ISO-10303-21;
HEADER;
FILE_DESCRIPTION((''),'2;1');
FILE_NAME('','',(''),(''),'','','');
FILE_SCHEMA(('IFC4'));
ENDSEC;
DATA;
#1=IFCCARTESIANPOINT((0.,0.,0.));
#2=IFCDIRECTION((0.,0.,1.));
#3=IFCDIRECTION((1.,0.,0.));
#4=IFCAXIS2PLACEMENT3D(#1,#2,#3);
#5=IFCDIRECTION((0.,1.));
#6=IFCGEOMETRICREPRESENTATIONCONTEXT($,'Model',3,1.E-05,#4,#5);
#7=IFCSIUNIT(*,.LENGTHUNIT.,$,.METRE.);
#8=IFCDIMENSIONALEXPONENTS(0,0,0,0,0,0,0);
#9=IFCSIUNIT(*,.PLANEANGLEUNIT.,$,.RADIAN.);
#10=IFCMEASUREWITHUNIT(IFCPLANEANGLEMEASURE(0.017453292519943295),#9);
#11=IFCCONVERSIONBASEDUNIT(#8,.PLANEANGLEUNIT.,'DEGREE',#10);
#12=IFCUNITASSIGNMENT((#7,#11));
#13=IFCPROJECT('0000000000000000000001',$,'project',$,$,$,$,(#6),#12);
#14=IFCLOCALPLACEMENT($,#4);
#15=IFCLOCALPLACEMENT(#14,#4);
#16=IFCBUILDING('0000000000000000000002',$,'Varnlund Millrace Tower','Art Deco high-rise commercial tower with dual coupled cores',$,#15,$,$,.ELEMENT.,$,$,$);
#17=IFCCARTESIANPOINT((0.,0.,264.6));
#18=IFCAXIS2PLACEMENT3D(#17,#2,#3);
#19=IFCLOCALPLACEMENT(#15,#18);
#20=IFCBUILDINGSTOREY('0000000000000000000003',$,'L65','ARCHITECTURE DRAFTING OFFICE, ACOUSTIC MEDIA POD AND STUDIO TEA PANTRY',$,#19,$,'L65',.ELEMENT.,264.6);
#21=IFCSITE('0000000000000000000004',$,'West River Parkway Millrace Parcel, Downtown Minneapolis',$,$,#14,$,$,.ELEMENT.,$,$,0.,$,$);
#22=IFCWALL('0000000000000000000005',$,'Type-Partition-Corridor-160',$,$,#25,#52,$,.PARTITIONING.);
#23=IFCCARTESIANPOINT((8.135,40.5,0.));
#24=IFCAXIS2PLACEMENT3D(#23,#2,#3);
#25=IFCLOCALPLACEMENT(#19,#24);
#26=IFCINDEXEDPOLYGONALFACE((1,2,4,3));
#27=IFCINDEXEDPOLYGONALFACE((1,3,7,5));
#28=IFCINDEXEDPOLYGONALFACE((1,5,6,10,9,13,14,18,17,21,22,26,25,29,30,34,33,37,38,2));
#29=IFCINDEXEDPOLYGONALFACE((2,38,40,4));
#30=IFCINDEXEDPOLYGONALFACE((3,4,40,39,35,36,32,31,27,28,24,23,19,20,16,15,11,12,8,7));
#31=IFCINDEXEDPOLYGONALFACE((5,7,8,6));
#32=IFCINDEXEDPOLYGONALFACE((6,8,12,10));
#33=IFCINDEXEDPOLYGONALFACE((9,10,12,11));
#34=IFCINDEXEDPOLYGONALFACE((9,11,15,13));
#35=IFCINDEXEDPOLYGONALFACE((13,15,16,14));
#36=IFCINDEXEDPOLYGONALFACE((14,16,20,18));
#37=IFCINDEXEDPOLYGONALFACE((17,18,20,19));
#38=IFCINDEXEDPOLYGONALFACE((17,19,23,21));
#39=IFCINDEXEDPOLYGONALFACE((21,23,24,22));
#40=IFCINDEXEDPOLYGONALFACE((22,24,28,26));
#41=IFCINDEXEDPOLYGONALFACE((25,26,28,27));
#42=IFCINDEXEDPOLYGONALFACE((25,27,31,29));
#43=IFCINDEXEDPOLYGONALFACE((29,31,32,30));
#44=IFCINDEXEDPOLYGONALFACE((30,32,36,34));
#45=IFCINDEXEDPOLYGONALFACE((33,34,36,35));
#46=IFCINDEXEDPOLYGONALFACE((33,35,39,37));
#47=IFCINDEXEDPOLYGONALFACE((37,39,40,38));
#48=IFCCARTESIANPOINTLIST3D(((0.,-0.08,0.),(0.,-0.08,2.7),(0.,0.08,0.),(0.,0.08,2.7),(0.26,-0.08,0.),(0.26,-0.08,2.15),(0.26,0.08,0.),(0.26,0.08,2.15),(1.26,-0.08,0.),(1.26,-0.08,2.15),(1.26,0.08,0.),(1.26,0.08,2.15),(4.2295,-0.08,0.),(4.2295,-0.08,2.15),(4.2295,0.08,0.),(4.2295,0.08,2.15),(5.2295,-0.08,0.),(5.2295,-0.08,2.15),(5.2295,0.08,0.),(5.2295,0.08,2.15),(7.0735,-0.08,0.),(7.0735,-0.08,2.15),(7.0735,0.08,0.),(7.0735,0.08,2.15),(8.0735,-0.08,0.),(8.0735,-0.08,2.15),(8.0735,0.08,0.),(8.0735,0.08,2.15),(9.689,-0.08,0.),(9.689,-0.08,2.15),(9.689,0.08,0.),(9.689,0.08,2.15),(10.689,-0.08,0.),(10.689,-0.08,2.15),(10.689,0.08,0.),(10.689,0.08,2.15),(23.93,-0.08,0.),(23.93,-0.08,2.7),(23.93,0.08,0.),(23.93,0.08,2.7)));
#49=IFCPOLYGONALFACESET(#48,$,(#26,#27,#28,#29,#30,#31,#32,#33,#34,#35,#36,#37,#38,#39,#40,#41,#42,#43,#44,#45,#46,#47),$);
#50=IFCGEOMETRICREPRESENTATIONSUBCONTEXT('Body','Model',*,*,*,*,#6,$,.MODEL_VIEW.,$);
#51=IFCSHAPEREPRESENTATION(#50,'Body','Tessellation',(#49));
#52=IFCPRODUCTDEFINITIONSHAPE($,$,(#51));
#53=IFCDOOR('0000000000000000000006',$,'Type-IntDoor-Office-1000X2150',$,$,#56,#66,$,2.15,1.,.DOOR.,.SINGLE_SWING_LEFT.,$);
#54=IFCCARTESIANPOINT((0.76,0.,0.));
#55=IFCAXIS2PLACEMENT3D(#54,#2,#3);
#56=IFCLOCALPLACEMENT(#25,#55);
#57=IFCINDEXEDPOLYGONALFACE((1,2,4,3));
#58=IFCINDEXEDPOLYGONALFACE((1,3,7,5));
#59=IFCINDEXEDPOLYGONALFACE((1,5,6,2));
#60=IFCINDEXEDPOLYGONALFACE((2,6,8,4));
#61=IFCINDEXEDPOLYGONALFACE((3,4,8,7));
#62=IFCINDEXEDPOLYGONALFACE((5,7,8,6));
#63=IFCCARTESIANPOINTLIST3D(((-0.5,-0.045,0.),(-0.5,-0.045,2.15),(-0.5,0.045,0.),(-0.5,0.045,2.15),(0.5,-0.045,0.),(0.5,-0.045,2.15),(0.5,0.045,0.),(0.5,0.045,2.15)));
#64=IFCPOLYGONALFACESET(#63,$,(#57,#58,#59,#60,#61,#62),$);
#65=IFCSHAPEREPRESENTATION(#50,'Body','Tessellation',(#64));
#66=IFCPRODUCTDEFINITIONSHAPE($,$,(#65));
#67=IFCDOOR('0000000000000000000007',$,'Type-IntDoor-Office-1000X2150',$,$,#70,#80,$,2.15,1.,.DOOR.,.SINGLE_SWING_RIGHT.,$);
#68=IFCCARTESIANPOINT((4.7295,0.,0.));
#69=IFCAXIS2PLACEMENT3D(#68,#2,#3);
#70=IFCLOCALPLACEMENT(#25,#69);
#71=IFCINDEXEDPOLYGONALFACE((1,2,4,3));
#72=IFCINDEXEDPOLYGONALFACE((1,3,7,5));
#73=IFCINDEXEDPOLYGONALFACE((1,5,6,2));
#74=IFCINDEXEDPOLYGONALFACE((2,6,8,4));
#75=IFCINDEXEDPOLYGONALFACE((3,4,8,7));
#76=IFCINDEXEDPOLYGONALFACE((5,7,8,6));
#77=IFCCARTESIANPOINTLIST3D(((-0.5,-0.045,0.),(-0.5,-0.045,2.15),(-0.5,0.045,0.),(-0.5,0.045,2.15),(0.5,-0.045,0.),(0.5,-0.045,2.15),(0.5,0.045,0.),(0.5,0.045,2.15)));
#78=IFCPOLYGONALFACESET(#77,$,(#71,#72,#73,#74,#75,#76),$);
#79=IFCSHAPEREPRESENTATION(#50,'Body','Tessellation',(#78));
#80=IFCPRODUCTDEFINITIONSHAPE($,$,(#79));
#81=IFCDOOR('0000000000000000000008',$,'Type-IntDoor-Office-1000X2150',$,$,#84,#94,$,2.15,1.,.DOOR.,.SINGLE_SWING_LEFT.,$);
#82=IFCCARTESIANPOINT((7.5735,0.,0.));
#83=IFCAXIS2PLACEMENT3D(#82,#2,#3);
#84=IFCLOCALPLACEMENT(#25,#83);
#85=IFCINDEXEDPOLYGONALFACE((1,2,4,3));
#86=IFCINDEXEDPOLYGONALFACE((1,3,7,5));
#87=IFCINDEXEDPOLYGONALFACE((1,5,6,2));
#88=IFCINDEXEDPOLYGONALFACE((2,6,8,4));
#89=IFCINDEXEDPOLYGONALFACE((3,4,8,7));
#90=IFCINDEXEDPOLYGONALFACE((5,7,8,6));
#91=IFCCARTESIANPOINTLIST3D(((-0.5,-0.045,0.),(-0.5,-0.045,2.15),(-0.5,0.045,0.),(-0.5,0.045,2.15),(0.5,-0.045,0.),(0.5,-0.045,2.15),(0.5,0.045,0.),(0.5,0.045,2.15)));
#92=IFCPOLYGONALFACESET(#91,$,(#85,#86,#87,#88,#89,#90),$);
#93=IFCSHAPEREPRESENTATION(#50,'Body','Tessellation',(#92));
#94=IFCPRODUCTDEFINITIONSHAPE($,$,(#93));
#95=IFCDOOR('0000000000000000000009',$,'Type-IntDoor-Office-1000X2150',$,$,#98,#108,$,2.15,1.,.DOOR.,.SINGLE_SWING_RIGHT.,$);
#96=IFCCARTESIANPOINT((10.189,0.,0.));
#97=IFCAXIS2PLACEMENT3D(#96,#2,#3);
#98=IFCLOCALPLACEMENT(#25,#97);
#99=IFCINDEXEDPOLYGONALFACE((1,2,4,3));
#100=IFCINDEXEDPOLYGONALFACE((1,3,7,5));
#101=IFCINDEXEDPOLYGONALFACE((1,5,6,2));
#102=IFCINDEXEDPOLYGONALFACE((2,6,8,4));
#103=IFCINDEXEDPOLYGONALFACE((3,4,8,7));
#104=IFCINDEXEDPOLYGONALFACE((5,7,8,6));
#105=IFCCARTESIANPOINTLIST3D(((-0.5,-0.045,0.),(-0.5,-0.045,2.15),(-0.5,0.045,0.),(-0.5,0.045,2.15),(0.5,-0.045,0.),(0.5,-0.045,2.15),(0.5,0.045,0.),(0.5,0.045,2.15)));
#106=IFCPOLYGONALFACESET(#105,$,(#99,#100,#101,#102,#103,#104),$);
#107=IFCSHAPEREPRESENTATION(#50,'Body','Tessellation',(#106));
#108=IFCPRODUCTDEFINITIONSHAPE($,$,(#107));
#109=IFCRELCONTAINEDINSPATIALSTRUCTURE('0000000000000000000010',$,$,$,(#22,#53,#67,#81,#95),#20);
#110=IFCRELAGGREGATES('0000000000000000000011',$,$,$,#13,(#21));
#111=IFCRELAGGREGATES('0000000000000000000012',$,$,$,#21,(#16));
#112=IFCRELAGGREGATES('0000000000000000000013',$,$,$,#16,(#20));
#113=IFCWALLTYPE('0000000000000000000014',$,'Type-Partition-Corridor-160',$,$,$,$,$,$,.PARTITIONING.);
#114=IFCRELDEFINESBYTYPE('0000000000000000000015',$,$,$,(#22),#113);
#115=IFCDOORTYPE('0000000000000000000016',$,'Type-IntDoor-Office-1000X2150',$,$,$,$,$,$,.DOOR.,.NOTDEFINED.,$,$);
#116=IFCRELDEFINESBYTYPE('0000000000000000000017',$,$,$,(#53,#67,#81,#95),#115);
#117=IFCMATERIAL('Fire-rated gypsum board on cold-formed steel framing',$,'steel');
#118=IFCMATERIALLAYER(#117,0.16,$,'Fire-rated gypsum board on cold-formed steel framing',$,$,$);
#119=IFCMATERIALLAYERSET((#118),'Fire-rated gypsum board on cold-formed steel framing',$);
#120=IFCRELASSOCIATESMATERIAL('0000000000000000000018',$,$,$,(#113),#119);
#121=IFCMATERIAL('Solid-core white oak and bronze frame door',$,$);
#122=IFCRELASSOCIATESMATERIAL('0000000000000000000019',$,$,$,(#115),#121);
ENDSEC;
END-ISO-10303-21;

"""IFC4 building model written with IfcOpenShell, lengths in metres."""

from ifc_helpers import new_model, entity, si_unit, converted_unit, direction, frame, origin_with_axes, origin_2d_with_axis, place, context, subcontext, project, spatial, polyline, rectangle, outline, extrude, material, layer, layer_set, type_object, element, fill, save


model = new_model("IFC4")

# Units and contexts
model_context = context("Model", 3, precision=1e-05, world=origin_with_axes(), true_north=direction((0.0, 1.0)))
body_context = subcontext(model_context, "Body", "Model", "MODEL_VIEW")
ifc_project = project(units=[si_unit("LENGTHUNIT", "METRE"), converted_unit("PLANEANGLEUNIT", "DEGREE", entity("IfcPlaneAngleMeasure", 0.017453292519943295), si_unit("PLANEANGLEUNIT", "RADIAN"), dimensions=[0, 0, 0, 0, 0, 0, 0])], contexts=[model_context])

# Site, building, storey
site_placement = place(None, origin_with_axes())
site = spatial("IfcSite", under=ifc_project, at=site_placement, Name="West River Parkway Millrace Parcel, Downtown Minneapolis", CompositionType="ELEMENT", RefElevation=0.0)
building_placement = place(site_placement, origin_with_axes())
building = spatial("IfcBuilding", under=site, at=building_placement, Name="Varnlund Millrace Tower", Description="Art Deco high-rise commercial tower with dual coupled cores", CompositionType="ELEMENT")
storey_placement = place(building_placement, frame((0.0, 0.0, 264.6), z_axis=(0.0, 0.0, 1.0), x_axis=(1.0, 0.0, 0.0)))
storey = spatial("IfcBuildingStorey", under=building, at=storey_placement, Name="L65", Description="ARCHITECTURE DRAFTING OFFICE, ACOUSTIC MEDIA POD AND STUDIO TEA PANTRY", LongName="L65", CompositionType="ELEMENT", Elevation=264.6)

# Shared definitions
ifc_material_1 = material(Name="Fire-rated gypsum board on cold-formed steel framing", Category="steel")
ifc_layer_1 = layer(ifc_material_1, 0.16, Name="Fire-rated gypsum board on cold-formed steel framing")
ifc_layer_set_1 = layer_set([ifc_layer_1], Name="Fire-rated gypsum board on cold-formed steel framing")
wall_type_1 = type_object("IfcWallType", Name="Type-Partition-Corridor-160", PredefinedType="PARTITIONING", material=ifc_layer_set_1)

# Wall, openings, doors
wall_1_placement = place(storey_placement, frame((8.135, 40.5, 0.0), z_axis=(0.0, 0.0, 1.0), x_axis=(1.0, 0.0, 0.0)))
wall_1 = element("IfcWall", 1, at=wall_1_placement, inside=storey, type_object=wall_type_1, Name="Type-Partition-Corridor-160", PredefinedType="PARTITIONING", context=body_context, shape_type="SweptSolid", body=[
    extrude(outline(polyline([(0.0, -0.08), (23.93, -0.08), (23.93, 0.08), (0.0, 0.08), (0.0, -0.08)])), origin_with_axes(), (0.0, 0.0, 1.0), 2.7),
])
opening_1_placement = place(wall_1_placement, frame((0.76, 0.0, 0.0), z_axis=(0.0, 0.0, 1.0), x_axis=(1.0, 0.0, 0.0)))
opening_1 = element("IfcOpeningElement", 2, at=opening_1_placement, cuts=wall_1, PredefinedType="OPENING", context=body_context, shape_type="SweptSolid", body=[
    extrude(rectangle(XDim=1.0, YDim=0.18, at=origin_2d_with_axis()), origin_with_axes(), (0.0, 0.0, 1.0), 2.15),
])
opening_2_placement = place(wall_1_placement, frame((4.7295, 0.0, 0.0), z_axis=(0.0, 0.0, 1.0), x_axis=(1.0, 0.0, 0.0)))
opening_2 = element("IfcOpeningElement", 3, at=opening_2_placement, cuts=wall_1, PredefinedType="OPENING", context=body_context, shape_type="SweptSolid", body=[
    extrude(rectangle(XDim=1.0, YDim=0.18, at=origin_2d_with_axis()), origin_with_axes(), (0.0, 0.0, 1.0), 2.15),
])
opening_3_placement = place(wall_1_placement, frame((7.5735, 0.0, 0.0), z_axis=(0.0, 0.0, 1.0), x_axis=(1.0, 0.0, 0.0)))
opening_3 = element("IfcOpeningElement", 4, at=opening_3_placement, cuts=wall_1, PredefinedType="OPENING", context=body_context, shape_type="SweptSolid", body=[
    extrude(rectangle(XDim=1.0, YDim=0.18, at=origin_2d_with_axis()), origin_with_axes(), (0.0, 0.0, 1.0), 2.15),
])
opening_4_placement = place(wall_1_placement, frame((10.189, 0.0, 0.0), z_axis=(0.0, 0.0, 1.0), x_axis=(1.0, 0.0, 0.0)))
opening_4 = element("IfcOpeningElement", 5, at=opening_4_placement, cuts=wall_1, PredefinedType="OPENING", context=body_context, shape_type="SweptSolid", body=[
    extrude(rectangle(XDim=1.0, YDim=0.18, at=origin_2d_with_axis()), origin_with_axes(), (0.0, 0.0, 1.0), 2.15),
])
ifc_material_2 = material(Name="Solid-core white oak and bronze frame door")
door_type_1 = type_object("IfcDoorType", Name="Type-IntDoor-Office-1000X2150", OperationType="NOTDEFINED", PredefinedType="DOOR", material=ifc_material_2)
door_1_placement = place(wall_1_placement, frame((0.76, 0.0, 0.0), z_axis=(0.0, 0.0, 1.0), x_axis=(1.0, 0.0, 0.0)))
door_1 = element("IfcDoor", 6, at=door_1_placement, inside=storey, type_object=door_type_1, Name="Type-IntDoor-Office-1000X2150", OperationType="SINGLE_SWING_LEFT", OverallHeight=2.15, OverallWidth=1.0, PredefinedType="DOOR", context=body_context, shape_type="SweptSolid", body=[
    extrude(rectangle(XDim=1.0, YDim=0.09, at=origin_2d_with_axis()), origin_with_axes(), (0.0, 0.0, 1.0), 2.15),
])
fill(opening_1, door_1)
door_2_placement = place(wall_1_placement, frame((4.7295, 0.0, 0.0), z_axis=(0.0, 0.0, 1.0), x_axis=(1.0, 0.0, 0.0)))
door_2 = element("IfcDoor", 7, at=door_2_placement, inside=storey, type_object=door_type_1, Name="Type-IntDoor-Office-1000X2150", OperationType="SINGLE_SWING_RIGHT", OverallHeight=2.15, OverallWidth=1.0, PredefinedType="DOOR", context=body_context, shape_type="SweptSolid", body=[
    extrude(rectangle(XDim=1.0, YDim=0.09, at=origin_2d_with_axis()), origin_with_axes(), (0.0, 0.0, 1.0), 2.15),
])
fill(opening_2, door_2)
door_3_placement = place(wall_1_placement, frame((7.5735, 0.0, 0.0), z_axis=(0.0, 0.0, 1.0), x_axis=(1.0, 0.0, 0.0)))
door_3 = element("IfcDoor", 8, at=door_3_placement, inside=storey, type_object=door_type_1, Name="Type-IntDoor-Office-1000X2150", OperationType="SINGLE_SWING_LEFT", OverallHeight=2.15, OverallWidth=1.0, PredefinedType="DOOR", context=body_context, shape_type="SweptSolid", body=[
    extrude(rectangle(XDim=1.0, YDim=0.09, at=origin_2d_with_axis()), origin_with_axes(), (0.0, 0.0, 1.0), 2.15),
])
fill(opening_3, door_3)
door_4_placement = place(wall_1_placement, frame((10.189, 0.0, 0.0), z_axis=(0.0, 0.0, 1.0), x_axis=(1.0, 0.0, 0.0)))
door_4 = element("IfcDoor", 9, at=door_4_placement, inside=storey, type_object=door_type_1, Name="Type-IntDoor-Office-1000X2150", OperationType="SINGLE_SWING_RIGHT", OverallHeight=2.15, OverallWidth=1.0, PredefinedType="DOOR", context=body_context, shape_type="SweptSolid", body=[
    extrude(rectangle(XDim=1.0, YDim=0.09, at=origin_2d_with_axis()), origin_with_axes(), (0.0, 0.0, 1.0), 2.15),
])
fill(opening_4, door_4)

save(model, "model.ifc")
